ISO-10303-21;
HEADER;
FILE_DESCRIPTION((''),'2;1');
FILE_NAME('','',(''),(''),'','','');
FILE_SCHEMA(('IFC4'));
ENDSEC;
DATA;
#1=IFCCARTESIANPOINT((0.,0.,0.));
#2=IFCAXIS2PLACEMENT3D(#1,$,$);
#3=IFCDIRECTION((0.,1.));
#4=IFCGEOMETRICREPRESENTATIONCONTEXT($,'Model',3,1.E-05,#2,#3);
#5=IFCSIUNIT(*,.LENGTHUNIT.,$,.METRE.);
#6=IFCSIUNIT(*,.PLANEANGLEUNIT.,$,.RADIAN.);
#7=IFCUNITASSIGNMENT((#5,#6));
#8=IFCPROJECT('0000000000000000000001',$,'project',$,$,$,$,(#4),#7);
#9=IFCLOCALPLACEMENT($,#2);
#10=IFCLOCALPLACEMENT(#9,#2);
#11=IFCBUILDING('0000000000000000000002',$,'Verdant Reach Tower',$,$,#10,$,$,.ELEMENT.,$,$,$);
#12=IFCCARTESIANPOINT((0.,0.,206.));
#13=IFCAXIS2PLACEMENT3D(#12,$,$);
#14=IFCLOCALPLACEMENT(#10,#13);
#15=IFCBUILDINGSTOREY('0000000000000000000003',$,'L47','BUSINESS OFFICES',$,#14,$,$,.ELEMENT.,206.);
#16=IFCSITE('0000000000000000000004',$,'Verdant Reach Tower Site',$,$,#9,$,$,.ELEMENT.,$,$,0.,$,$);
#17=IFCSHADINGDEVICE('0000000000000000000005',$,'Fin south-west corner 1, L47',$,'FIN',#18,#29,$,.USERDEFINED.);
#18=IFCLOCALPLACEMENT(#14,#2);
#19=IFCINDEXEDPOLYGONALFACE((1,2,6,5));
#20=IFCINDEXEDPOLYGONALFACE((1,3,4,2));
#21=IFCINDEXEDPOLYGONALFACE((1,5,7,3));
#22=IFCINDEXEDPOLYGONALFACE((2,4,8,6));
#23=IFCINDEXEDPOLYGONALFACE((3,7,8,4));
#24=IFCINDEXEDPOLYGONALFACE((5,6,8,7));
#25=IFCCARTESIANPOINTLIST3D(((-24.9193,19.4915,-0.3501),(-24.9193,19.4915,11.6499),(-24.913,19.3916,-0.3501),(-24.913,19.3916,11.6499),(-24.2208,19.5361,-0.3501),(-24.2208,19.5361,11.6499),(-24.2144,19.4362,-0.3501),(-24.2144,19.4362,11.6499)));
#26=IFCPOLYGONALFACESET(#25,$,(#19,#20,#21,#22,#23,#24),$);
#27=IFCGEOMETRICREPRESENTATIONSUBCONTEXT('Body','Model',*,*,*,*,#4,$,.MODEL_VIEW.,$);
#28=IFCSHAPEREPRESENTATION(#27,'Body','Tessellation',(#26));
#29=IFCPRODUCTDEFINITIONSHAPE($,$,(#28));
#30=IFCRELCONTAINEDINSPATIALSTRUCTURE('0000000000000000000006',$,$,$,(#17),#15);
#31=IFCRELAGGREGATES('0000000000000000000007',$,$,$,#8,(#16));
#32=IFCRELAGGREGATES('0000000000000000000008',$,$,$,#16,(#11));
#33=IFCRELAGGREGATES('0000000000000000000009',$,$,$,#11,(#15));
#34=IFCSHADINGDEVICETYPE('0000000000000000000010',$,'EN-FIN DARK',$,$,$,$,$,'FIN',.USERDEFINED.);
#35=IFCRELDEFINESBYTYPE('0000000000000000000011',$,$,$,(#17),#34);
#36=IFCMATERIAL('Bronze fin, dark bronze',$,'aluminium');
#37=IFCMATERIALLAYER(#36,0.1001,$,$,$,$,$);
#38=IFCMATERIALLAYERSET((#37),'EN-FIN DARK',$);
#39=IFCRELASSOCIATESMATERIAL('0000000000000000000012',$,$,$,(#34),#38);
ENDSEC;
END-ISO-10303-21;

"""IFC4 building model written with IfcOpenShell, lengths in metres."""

from ifc_helpers import new_model, si_unit, direction, frame, origin, origin_2d, place, context, subcontext, project, spatial, rectangle, extrude, material, layer, layer_set, type_object, element, save


model = new_model("IFC4")

# Units and contexts
model_context = context("Model", 3, precision=1e-05, world=origin(), true_north=direction((0.0, 1.0)))
body_context = subcontext(model_context, "Body", "Model", "MODEL_VIEW")
ifc_project = project(units=[si_unit("LENGTHUNIT", "METRE"), si_unit("PLANEANGLEUNIT", "RADIAN")], contexts=[model_context])

# Site, building, storey
site_placement = place(None, origin())
site = spatial("IfcSite", under=ifc_project, at=site_placement, Name="Verdant Reach Tower Site", CompositionType="ELEMENT", RefElevation=0.0)
building_placement = place(site_placement, origin())
building = spatial("IfcBuilding", under=site, at=building_placement, Name="Verdant Reach Tower", CompositionType="ELEMENT")
storey_placement = place(building_placement, frame((0.0, 0.0, 206.0)))
storey = spatial("IfcBuildingStorey", under=building, at=storey_placement, Name="L47", Description="BUSINESS OFFICES", CompositionType="ELEMENT", Elevation=206.0)

# Shading device
ifc_material_1 = material(Name="Bronze fin, dark bronze", Category="aluminium")
ifc_layer_1 = layer(ifc_material_1, 0.1001)
ifc_layer_set_1 = layer_set([ifc_layer_1], Name="EN-FIN DARK")
shading_device_type_1 = type_object("IfcShadingDeviceType", Name="EN-FIN DARK", ElementType="FIN", PredefinedType="USERDEFINED", material=ifc_layer_set_1)
shading_device_placement = place(storey_placement, frame((-24.5669, 19.4639, -0.3501), z_axis=(0.0, 0.0, 1.0), x_axis=(0.063699, -0.997969, 0.0)))
element("IfcShadingDevice", 1, at=shading_device_placement, inside=storey, type_object=shading_device_type_1, Name="Fin south-west corner 1, L47", ObjectType="FIN", PredefinedType="USERDEFINED", context=body_context, shape_type="SweptSolid", body=[
    extrude(rectangle(XDim=0.1001, YDim=0.7, at=origin_2d()), origin(), (0.0, 0.0, 1.0), 12.0),
])

save(model, "model.ifc")
